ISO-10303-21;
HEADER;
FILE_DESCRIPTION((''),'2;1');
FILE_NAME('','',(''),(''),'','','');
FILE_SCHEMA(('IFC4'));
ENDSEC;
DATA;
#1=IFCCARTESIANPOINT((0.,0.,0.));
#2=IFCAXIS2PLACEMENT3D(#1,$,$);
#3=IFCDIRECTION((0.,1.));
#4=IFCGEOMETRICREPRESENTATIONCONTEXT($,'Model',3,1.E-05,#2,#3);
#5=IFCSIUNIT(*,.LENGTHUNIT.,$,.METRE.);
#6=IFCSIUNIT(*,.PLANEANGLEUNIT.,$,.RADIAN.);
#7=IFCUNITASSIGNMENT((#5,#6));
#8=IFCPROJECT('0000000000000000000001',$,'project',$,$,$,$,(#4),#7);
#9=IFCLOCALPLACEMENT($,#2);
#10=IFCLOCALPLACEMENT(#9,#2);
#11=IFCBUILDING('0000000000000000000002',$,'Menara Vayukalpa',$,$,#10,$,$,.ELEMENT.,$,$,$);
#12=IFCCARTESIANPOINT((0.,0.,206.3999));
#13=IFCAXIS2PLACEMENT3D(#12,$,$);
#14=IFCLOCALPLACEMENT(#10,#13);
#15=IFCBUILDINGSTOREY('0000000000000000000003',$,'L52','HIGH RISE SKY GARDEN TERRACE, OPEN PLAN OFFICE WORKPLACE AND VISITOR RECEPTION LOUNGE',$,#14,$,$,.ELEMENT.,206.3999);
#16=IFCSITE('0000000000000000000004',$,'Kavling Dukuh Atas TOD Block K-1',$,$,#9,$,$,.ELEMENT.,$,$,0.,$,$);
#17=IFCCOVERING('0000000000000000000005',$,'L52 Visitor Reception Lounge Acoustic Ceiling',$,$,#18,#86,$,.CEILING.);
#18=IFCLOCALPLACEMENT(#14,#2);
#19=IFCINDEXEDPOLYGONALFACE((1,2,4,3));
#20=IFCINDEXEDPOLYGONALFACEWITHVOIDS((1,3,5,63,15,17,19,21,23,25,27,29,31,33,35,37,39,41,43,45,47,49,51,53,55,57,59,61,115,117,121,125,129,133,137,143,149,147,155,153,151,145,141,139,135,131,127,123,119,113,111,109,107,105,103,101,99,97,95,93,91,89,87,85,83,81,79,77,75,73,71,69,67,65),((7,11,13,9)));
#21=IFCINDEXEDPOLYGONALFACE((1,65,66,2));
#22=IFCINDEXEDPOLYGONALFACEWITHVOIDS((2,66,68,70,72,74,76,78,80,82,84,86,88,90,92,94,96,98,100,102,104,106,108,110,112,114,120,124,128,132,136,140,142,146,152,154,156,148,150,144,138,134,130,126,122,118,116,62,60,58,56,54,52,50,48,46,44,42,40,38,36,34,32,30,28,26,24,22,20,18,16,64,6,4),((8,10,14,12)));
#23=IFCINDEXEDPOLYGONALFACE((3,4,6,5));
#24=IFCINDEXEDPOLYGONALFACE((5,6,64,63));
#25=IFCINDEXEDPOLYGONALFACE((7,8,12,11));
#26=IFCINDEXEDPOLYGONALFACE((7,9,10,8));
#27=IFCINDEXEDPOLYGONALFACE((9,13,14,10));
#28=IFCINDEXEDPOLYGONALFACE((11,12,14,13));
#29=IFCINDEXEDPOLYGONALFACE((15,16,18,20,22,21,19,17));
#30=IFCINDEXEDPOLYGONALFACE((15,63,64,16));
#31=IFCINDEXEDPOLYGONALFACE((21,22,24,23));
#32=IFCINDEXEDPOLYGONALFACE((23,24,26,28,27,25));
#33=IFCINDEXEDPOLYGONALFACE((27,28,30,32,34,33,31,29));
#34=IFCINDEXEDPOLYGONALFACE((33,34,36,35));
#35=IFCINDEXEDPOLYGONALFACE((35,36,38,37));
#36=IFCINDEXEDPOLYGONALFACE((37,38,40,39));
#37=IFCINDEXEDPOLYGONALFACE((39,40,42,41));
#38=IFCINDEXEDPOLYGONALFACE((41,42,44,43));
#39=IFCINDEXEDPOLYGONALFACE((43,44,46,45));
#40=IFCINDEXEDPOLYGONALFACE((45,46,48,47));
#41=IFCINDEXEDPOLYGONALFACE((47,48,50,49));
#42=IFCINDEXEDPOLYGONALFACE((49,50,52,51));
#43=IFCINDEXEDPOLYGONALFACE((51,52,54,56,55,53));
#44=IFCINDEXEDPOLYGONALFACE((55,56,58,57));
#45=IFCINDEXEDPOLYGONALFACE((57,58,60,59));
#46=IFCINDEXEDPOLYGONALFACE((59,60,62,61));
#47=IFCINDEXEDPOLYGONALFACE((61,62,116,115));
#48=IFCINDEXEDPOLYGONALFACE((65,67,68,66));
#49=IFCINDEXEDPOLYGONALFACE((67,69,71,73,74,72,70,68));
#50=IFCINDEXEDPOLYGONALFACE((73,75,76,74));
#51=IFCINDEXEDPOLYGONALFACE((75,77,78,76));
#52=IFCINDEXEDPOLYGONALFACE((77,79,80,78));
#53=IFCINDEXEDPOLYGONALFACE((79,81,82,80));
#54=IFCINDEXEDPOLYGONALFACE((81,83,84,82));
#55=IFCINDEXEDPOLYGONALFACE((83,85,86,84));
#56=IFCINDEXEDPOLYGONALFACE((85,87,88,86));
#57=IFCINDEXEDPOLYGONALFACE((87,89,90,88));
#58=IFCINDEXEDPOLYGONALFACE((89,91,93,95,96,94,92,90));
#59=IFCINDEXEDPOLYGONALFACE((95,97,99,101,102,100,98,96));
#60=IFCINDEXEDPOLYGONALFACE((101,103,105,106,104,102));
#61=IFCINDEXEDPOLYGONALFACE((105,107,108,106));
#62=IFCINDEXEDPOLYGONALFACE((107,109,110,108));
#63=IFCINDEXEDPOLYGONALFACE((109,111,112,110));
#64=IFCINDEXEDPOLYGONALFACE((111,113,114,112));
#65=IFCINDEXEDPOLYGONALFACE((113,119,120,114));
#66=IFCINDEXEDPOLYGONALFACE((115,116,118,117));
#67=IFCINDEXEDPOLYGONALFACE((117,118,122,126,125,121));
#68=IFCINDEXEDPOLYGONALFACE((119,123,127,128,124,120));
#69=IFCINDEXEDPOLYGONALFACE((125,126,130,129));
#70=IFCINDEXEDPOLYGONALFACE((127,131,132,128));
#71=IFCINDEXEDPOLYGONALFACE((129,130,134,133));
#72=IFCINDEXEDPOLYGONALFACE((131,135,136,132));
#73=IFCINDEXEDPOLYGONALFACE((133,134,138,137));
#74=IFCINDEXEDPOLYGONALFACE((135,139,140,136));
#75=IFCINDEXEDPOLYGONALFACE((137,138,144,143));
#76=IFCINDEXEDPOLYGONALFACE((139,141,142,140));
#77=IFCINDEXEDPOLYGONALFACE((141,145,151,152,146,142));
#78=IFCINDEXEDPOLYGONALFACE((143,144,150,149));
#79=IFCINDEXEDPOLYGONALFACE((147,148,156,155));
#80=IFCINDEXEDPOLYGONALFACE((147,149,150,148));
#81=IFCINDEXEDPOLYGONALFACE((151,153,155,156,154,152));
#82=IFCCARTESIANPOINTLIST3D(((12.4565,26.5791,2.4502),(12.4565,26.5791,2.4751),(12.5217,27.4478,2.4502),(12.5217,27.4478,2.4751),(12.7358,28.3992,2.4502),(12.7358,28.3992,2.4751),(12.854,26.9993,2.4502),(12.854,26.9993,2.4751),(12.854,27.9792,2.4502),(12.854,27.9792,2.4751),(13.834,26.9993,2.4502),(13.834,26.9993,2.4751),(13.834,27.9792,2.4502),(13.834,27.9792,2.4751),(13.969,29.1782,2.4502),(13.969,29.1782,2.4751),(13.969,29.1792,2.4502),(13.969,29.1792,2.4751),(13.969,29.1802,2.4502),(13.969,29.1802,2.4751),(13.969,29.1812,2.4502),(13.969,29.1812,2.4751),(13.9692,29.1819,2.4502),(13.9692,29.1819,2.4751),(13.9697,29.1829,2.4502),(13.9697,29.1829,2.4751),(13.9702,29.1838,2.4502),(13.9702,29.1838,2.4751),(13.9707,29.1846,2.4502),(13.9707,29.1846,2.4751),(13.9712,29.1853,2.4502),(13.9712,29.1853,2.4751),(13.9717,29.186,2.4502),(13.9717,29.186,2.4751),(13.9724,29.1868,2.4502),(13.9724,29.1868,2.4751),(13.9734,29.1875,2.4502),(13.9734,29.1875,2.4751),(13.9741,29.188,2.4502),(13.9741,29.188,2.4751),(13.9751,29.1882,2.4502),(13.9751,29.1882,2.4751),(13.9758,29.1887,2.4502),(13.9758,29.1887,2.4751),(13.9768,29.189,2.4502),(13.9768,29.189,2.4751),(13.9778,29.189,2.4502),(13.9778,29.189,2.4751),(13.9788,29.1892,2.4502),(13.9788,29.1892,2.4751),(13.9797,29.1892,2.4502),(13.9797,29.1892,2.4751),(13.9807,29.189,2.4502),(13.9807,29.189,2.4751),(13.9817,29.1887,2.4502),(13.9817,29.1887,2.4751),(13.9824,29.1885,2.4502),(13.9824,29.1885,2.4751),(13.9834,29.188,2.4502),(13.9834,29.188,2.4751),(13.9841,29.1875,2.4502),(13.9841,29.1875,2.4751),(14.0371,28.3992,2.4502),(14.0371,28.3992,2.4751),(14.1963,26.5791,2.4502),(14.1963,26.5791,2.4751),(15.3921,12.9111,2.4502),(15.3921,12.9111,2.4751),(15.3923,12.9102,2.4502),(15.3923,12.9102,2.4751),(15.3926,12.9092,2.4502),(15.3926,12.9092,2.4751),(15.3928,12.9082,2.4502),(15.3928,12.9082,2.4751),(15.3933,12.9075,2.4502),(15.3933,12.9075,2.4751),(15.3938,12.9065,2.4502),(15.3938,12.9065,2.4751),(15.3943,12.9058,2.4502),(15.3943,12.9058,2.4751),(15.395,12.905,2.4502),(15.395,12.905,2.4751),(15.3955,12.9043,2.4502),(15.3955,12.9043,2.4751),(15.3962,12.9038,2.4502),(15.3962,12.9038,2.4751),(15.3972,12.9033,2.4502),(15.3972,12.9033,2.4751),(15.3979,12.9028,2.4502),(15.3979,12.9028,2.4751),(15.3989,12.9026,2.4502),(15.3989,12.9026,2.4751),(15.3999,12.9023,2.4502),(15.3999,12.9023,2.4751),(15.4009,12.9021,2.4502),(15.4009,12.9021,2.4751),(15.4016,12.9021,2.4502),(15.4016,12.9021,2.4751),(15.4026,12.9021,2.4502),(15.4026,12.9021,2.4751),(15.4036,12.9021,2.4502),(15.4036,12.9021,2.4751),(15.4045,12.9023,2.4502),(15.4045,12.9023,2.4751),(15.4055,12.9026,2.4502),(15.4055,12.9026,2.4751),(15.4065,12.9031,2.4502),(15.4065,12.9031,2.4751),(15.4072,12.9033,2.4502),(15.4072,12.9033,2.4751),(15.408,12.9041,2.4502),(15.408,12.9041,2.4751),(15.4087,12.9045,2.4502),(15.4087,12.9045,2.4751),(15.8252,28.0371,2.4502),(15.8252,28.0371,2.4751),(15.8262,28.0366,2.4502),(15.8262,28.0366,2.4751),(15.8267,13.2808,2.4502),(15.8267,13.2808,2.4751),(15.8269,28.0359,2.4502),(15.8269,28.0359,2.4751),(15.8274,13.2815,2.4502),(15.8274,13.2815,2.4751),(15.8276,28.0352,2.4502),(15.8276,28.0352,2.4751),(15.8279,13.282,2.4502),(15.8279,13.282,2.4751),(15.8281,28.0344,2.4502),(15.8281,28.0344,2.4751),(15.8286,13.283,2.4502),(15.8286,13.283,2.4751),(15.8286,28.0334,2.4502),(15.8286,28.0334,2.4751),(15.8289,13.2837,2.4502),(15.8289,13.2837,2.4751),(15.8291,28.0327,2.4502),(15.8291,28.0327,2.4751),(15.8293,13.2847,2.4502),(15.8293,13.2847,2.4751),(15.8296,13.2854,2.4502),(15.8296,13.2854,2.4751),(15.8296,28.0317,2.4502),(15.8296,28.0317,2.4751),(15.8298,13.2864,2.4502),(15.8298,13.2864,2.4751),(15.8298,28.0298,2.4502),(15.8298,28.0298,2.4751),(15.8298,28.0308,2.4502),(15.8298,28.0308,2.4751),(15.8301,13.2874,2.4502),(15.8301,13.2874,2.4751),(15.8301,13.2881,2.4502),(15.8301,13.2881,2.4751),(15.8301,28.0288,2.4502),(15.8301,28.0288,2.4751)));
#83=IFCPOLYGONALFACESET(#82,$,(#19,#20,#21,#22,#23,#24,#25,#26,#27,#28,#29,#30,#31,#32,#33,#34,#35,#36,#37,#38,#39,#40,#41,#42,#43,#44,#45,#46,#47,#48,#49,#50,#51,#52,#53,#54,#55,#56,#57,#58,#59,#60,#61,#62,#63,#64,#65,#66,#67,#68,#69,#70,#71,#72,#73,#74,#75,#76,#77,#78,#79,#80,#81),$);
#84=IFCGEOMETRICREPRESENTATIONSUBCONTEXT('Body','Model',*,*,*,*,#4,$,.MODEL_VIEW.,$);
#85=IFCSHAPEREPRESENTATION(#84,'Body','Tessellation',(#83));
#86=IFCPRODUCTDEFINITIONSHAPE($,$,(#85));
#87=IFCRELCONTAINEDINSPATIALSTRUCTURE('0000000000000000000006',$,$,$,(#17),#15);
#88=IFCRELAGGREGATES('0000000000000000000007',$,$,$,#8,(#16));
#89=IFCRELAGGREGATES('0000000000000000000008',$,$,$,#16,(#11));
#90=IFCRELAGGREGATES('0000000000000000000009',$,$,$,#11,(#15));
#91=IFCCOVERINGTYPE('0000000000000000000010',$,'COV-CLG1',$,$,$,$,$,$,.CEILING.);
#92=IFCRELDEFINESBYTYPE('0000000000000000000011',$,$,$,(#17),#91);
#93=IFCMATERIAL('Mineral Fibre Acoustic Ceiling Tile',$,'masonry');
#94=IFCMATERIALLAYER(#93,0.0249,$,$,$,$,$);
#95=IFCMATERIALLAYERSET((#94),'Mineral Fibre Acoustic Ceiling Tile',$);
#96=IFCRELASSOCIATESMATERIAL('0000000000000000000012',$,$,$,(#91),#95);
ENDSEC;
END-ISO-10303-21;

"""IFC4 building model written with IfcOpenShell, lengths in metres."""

from ifc_helpers import new_model, si_unit, direction, frame, origin, place, context, subcontext, project, spatial, polyline, outline, extrude, material, layer, layer_set, type_object, element, save


model = new_model("IFC4")

# Units and contexts
model_context = context("Model", 3, precision=1e-05, world=origin(), true_north=direction((0.0, 1.0)))
body_context = subcontext(model_context, "Body", "Model", "MODEL_VIEW")
ifc_project = project(units=[si_unit("LENGTHUNIT", "METRE"), si_unit("PLANEANGLEUNIT", "RADIAN")], contexts=[model_context])

# Site, building, storey
site_placement = place(None, origin())
site = spatial("IfcSite", under=ifc_project, at=site_placement, Name="Kavling Dukuh Atas TOD Block K-1", CompositionType="ELEMENT", RefElevation=0.0)
building_placement = place(site_placement, origin())
building = spatial("IfcBuilding", under=site, at=building_placement, Name="Menara Vayukalpa", CompositionType="ELEMENT")
storey_placement = place(building_placement, frame((0.0, 0.0, 206.3999)))
storey = spatial("IfcBuildingStorey", under=building, at=storey_placement, Name="L52", Description="HIGH RISE SKY GARDEN TERRACE, OPEN PLAN OFFICE WORKPLACE AND VISITOR RECEPTION LOUNGE", CompositionType="ELEMENT", Elevation=206.3999)

# Covering
ifc_material_1 = material(Name="Mineral Fibre Acoustic Ceiling Tile", Category="masonry")
ifc_layer_1 = layer(ifc_material_1, 0.0249)
ifc_layer_set_1 = layer_set([ifc_layer_1], Name="Mineral Fibre Acoustic Ceiling Tile")
covering_type_1 = type_object("IfcCoveringType", Name="COV-CLG1", PredefinedType="CEILING", material=ifc_layer_set_1)
covering_1_placement = place(storey_placement, frame((0.0, 0.0, 2.4502)))
element("IfcCovering", 1, at=covering_1_placement, inside=storey, type_object=covering_type_1, Name="L52 Visitor Reception Lounge Acoustic Ceiling", PredefinedType="CEILING", context=body_context, shape_type="SweptSolid", body=[
    extrude(outline(polyline([(15.8298, 13.2864), (15.8296, 13.2854), (15.8293, 13.2847), (15.8289, 13.2837), (15.8286, 13.283), (15.8279, 13.282), (15.8274, 13.2815), (15.8267, 13.2808), (15.4087, 12.9045), (15.408, 12.9041), (15.4072, 12.9033), (15.4065, 12.9031), (15.4055, 12.9026), (15.4045, 12.9023), (15.4036, 12.9021), (15.4026, 12.9021), (15.4016, 12.9021), (15.4009, 12.9021), (15.3999, 12.9023), (15.3989, 12.9026), (15.3979, 12.9028), (15.3972, 12.9033), (15.3962, 12.9038), (15.3955, 12.9043), (15.395, 12.905), (15.3943, 12.9058), (15.3938, 12.9065), (15.3933, 12.9075), (15.3928, 12.9082), (15.3926, 12.9092), (15.3923, 12.9102), (15.3921, 12.9111), (14.1963, 26.5791), (12.4565, 26.5791), (12.5217, 27.4478), (12.7358, 28.3992), (14.0371, 28.3992), (13.969, 29.1782), (13.969, 29.1792), (13.969, 29.1802), (13.969, 29.1812), (13.9692, 29.1819), (13.9697, 29.1829), (13.9702, 29.1838), (13.9707, 29.1846), (13.9712, 29.1853), (13.9717, 29.186), (13.9724, 29.1868), (13.9734, 29.1875), (13.9741, 29.188), (13.9751, 29.1882), (13.9758, 29.1887), (13.9768, 29.189), (13.9778, 29.189), (13.9788, 29.1892), (13.9797, 29.1892), (13.9807, 29.189), (13.9817, 29.1887), (13.9824, 29.1885), (13.9834, 29.188), (13.9841, 29.1875), (15.8252, 28.0371), (15.8262, 28.0366), (15.8269, 28.0359), (15.8276, 28.0352), (15.8281, 28.0344), (15.8286, 28.0334), (15.8291, 28.0327), (15.8296, 28.0317), (15.8298, 28.0308), (15.8298, 28.0298), (15.8301, 28.0288), (15.8301, 13.2881), (15.8301, 13.2874), (15.8298, 13.2864)]), holes=[polyline([(13.834, 27.9792), (12.854, 27.9792), (12.854, 26.9993), (13.834, 26.9993), (13.834, 27.9792)])]), origin(), (0.0, 0.0, 1.0), 0.0249),
])

save(model, "model.ifc")
